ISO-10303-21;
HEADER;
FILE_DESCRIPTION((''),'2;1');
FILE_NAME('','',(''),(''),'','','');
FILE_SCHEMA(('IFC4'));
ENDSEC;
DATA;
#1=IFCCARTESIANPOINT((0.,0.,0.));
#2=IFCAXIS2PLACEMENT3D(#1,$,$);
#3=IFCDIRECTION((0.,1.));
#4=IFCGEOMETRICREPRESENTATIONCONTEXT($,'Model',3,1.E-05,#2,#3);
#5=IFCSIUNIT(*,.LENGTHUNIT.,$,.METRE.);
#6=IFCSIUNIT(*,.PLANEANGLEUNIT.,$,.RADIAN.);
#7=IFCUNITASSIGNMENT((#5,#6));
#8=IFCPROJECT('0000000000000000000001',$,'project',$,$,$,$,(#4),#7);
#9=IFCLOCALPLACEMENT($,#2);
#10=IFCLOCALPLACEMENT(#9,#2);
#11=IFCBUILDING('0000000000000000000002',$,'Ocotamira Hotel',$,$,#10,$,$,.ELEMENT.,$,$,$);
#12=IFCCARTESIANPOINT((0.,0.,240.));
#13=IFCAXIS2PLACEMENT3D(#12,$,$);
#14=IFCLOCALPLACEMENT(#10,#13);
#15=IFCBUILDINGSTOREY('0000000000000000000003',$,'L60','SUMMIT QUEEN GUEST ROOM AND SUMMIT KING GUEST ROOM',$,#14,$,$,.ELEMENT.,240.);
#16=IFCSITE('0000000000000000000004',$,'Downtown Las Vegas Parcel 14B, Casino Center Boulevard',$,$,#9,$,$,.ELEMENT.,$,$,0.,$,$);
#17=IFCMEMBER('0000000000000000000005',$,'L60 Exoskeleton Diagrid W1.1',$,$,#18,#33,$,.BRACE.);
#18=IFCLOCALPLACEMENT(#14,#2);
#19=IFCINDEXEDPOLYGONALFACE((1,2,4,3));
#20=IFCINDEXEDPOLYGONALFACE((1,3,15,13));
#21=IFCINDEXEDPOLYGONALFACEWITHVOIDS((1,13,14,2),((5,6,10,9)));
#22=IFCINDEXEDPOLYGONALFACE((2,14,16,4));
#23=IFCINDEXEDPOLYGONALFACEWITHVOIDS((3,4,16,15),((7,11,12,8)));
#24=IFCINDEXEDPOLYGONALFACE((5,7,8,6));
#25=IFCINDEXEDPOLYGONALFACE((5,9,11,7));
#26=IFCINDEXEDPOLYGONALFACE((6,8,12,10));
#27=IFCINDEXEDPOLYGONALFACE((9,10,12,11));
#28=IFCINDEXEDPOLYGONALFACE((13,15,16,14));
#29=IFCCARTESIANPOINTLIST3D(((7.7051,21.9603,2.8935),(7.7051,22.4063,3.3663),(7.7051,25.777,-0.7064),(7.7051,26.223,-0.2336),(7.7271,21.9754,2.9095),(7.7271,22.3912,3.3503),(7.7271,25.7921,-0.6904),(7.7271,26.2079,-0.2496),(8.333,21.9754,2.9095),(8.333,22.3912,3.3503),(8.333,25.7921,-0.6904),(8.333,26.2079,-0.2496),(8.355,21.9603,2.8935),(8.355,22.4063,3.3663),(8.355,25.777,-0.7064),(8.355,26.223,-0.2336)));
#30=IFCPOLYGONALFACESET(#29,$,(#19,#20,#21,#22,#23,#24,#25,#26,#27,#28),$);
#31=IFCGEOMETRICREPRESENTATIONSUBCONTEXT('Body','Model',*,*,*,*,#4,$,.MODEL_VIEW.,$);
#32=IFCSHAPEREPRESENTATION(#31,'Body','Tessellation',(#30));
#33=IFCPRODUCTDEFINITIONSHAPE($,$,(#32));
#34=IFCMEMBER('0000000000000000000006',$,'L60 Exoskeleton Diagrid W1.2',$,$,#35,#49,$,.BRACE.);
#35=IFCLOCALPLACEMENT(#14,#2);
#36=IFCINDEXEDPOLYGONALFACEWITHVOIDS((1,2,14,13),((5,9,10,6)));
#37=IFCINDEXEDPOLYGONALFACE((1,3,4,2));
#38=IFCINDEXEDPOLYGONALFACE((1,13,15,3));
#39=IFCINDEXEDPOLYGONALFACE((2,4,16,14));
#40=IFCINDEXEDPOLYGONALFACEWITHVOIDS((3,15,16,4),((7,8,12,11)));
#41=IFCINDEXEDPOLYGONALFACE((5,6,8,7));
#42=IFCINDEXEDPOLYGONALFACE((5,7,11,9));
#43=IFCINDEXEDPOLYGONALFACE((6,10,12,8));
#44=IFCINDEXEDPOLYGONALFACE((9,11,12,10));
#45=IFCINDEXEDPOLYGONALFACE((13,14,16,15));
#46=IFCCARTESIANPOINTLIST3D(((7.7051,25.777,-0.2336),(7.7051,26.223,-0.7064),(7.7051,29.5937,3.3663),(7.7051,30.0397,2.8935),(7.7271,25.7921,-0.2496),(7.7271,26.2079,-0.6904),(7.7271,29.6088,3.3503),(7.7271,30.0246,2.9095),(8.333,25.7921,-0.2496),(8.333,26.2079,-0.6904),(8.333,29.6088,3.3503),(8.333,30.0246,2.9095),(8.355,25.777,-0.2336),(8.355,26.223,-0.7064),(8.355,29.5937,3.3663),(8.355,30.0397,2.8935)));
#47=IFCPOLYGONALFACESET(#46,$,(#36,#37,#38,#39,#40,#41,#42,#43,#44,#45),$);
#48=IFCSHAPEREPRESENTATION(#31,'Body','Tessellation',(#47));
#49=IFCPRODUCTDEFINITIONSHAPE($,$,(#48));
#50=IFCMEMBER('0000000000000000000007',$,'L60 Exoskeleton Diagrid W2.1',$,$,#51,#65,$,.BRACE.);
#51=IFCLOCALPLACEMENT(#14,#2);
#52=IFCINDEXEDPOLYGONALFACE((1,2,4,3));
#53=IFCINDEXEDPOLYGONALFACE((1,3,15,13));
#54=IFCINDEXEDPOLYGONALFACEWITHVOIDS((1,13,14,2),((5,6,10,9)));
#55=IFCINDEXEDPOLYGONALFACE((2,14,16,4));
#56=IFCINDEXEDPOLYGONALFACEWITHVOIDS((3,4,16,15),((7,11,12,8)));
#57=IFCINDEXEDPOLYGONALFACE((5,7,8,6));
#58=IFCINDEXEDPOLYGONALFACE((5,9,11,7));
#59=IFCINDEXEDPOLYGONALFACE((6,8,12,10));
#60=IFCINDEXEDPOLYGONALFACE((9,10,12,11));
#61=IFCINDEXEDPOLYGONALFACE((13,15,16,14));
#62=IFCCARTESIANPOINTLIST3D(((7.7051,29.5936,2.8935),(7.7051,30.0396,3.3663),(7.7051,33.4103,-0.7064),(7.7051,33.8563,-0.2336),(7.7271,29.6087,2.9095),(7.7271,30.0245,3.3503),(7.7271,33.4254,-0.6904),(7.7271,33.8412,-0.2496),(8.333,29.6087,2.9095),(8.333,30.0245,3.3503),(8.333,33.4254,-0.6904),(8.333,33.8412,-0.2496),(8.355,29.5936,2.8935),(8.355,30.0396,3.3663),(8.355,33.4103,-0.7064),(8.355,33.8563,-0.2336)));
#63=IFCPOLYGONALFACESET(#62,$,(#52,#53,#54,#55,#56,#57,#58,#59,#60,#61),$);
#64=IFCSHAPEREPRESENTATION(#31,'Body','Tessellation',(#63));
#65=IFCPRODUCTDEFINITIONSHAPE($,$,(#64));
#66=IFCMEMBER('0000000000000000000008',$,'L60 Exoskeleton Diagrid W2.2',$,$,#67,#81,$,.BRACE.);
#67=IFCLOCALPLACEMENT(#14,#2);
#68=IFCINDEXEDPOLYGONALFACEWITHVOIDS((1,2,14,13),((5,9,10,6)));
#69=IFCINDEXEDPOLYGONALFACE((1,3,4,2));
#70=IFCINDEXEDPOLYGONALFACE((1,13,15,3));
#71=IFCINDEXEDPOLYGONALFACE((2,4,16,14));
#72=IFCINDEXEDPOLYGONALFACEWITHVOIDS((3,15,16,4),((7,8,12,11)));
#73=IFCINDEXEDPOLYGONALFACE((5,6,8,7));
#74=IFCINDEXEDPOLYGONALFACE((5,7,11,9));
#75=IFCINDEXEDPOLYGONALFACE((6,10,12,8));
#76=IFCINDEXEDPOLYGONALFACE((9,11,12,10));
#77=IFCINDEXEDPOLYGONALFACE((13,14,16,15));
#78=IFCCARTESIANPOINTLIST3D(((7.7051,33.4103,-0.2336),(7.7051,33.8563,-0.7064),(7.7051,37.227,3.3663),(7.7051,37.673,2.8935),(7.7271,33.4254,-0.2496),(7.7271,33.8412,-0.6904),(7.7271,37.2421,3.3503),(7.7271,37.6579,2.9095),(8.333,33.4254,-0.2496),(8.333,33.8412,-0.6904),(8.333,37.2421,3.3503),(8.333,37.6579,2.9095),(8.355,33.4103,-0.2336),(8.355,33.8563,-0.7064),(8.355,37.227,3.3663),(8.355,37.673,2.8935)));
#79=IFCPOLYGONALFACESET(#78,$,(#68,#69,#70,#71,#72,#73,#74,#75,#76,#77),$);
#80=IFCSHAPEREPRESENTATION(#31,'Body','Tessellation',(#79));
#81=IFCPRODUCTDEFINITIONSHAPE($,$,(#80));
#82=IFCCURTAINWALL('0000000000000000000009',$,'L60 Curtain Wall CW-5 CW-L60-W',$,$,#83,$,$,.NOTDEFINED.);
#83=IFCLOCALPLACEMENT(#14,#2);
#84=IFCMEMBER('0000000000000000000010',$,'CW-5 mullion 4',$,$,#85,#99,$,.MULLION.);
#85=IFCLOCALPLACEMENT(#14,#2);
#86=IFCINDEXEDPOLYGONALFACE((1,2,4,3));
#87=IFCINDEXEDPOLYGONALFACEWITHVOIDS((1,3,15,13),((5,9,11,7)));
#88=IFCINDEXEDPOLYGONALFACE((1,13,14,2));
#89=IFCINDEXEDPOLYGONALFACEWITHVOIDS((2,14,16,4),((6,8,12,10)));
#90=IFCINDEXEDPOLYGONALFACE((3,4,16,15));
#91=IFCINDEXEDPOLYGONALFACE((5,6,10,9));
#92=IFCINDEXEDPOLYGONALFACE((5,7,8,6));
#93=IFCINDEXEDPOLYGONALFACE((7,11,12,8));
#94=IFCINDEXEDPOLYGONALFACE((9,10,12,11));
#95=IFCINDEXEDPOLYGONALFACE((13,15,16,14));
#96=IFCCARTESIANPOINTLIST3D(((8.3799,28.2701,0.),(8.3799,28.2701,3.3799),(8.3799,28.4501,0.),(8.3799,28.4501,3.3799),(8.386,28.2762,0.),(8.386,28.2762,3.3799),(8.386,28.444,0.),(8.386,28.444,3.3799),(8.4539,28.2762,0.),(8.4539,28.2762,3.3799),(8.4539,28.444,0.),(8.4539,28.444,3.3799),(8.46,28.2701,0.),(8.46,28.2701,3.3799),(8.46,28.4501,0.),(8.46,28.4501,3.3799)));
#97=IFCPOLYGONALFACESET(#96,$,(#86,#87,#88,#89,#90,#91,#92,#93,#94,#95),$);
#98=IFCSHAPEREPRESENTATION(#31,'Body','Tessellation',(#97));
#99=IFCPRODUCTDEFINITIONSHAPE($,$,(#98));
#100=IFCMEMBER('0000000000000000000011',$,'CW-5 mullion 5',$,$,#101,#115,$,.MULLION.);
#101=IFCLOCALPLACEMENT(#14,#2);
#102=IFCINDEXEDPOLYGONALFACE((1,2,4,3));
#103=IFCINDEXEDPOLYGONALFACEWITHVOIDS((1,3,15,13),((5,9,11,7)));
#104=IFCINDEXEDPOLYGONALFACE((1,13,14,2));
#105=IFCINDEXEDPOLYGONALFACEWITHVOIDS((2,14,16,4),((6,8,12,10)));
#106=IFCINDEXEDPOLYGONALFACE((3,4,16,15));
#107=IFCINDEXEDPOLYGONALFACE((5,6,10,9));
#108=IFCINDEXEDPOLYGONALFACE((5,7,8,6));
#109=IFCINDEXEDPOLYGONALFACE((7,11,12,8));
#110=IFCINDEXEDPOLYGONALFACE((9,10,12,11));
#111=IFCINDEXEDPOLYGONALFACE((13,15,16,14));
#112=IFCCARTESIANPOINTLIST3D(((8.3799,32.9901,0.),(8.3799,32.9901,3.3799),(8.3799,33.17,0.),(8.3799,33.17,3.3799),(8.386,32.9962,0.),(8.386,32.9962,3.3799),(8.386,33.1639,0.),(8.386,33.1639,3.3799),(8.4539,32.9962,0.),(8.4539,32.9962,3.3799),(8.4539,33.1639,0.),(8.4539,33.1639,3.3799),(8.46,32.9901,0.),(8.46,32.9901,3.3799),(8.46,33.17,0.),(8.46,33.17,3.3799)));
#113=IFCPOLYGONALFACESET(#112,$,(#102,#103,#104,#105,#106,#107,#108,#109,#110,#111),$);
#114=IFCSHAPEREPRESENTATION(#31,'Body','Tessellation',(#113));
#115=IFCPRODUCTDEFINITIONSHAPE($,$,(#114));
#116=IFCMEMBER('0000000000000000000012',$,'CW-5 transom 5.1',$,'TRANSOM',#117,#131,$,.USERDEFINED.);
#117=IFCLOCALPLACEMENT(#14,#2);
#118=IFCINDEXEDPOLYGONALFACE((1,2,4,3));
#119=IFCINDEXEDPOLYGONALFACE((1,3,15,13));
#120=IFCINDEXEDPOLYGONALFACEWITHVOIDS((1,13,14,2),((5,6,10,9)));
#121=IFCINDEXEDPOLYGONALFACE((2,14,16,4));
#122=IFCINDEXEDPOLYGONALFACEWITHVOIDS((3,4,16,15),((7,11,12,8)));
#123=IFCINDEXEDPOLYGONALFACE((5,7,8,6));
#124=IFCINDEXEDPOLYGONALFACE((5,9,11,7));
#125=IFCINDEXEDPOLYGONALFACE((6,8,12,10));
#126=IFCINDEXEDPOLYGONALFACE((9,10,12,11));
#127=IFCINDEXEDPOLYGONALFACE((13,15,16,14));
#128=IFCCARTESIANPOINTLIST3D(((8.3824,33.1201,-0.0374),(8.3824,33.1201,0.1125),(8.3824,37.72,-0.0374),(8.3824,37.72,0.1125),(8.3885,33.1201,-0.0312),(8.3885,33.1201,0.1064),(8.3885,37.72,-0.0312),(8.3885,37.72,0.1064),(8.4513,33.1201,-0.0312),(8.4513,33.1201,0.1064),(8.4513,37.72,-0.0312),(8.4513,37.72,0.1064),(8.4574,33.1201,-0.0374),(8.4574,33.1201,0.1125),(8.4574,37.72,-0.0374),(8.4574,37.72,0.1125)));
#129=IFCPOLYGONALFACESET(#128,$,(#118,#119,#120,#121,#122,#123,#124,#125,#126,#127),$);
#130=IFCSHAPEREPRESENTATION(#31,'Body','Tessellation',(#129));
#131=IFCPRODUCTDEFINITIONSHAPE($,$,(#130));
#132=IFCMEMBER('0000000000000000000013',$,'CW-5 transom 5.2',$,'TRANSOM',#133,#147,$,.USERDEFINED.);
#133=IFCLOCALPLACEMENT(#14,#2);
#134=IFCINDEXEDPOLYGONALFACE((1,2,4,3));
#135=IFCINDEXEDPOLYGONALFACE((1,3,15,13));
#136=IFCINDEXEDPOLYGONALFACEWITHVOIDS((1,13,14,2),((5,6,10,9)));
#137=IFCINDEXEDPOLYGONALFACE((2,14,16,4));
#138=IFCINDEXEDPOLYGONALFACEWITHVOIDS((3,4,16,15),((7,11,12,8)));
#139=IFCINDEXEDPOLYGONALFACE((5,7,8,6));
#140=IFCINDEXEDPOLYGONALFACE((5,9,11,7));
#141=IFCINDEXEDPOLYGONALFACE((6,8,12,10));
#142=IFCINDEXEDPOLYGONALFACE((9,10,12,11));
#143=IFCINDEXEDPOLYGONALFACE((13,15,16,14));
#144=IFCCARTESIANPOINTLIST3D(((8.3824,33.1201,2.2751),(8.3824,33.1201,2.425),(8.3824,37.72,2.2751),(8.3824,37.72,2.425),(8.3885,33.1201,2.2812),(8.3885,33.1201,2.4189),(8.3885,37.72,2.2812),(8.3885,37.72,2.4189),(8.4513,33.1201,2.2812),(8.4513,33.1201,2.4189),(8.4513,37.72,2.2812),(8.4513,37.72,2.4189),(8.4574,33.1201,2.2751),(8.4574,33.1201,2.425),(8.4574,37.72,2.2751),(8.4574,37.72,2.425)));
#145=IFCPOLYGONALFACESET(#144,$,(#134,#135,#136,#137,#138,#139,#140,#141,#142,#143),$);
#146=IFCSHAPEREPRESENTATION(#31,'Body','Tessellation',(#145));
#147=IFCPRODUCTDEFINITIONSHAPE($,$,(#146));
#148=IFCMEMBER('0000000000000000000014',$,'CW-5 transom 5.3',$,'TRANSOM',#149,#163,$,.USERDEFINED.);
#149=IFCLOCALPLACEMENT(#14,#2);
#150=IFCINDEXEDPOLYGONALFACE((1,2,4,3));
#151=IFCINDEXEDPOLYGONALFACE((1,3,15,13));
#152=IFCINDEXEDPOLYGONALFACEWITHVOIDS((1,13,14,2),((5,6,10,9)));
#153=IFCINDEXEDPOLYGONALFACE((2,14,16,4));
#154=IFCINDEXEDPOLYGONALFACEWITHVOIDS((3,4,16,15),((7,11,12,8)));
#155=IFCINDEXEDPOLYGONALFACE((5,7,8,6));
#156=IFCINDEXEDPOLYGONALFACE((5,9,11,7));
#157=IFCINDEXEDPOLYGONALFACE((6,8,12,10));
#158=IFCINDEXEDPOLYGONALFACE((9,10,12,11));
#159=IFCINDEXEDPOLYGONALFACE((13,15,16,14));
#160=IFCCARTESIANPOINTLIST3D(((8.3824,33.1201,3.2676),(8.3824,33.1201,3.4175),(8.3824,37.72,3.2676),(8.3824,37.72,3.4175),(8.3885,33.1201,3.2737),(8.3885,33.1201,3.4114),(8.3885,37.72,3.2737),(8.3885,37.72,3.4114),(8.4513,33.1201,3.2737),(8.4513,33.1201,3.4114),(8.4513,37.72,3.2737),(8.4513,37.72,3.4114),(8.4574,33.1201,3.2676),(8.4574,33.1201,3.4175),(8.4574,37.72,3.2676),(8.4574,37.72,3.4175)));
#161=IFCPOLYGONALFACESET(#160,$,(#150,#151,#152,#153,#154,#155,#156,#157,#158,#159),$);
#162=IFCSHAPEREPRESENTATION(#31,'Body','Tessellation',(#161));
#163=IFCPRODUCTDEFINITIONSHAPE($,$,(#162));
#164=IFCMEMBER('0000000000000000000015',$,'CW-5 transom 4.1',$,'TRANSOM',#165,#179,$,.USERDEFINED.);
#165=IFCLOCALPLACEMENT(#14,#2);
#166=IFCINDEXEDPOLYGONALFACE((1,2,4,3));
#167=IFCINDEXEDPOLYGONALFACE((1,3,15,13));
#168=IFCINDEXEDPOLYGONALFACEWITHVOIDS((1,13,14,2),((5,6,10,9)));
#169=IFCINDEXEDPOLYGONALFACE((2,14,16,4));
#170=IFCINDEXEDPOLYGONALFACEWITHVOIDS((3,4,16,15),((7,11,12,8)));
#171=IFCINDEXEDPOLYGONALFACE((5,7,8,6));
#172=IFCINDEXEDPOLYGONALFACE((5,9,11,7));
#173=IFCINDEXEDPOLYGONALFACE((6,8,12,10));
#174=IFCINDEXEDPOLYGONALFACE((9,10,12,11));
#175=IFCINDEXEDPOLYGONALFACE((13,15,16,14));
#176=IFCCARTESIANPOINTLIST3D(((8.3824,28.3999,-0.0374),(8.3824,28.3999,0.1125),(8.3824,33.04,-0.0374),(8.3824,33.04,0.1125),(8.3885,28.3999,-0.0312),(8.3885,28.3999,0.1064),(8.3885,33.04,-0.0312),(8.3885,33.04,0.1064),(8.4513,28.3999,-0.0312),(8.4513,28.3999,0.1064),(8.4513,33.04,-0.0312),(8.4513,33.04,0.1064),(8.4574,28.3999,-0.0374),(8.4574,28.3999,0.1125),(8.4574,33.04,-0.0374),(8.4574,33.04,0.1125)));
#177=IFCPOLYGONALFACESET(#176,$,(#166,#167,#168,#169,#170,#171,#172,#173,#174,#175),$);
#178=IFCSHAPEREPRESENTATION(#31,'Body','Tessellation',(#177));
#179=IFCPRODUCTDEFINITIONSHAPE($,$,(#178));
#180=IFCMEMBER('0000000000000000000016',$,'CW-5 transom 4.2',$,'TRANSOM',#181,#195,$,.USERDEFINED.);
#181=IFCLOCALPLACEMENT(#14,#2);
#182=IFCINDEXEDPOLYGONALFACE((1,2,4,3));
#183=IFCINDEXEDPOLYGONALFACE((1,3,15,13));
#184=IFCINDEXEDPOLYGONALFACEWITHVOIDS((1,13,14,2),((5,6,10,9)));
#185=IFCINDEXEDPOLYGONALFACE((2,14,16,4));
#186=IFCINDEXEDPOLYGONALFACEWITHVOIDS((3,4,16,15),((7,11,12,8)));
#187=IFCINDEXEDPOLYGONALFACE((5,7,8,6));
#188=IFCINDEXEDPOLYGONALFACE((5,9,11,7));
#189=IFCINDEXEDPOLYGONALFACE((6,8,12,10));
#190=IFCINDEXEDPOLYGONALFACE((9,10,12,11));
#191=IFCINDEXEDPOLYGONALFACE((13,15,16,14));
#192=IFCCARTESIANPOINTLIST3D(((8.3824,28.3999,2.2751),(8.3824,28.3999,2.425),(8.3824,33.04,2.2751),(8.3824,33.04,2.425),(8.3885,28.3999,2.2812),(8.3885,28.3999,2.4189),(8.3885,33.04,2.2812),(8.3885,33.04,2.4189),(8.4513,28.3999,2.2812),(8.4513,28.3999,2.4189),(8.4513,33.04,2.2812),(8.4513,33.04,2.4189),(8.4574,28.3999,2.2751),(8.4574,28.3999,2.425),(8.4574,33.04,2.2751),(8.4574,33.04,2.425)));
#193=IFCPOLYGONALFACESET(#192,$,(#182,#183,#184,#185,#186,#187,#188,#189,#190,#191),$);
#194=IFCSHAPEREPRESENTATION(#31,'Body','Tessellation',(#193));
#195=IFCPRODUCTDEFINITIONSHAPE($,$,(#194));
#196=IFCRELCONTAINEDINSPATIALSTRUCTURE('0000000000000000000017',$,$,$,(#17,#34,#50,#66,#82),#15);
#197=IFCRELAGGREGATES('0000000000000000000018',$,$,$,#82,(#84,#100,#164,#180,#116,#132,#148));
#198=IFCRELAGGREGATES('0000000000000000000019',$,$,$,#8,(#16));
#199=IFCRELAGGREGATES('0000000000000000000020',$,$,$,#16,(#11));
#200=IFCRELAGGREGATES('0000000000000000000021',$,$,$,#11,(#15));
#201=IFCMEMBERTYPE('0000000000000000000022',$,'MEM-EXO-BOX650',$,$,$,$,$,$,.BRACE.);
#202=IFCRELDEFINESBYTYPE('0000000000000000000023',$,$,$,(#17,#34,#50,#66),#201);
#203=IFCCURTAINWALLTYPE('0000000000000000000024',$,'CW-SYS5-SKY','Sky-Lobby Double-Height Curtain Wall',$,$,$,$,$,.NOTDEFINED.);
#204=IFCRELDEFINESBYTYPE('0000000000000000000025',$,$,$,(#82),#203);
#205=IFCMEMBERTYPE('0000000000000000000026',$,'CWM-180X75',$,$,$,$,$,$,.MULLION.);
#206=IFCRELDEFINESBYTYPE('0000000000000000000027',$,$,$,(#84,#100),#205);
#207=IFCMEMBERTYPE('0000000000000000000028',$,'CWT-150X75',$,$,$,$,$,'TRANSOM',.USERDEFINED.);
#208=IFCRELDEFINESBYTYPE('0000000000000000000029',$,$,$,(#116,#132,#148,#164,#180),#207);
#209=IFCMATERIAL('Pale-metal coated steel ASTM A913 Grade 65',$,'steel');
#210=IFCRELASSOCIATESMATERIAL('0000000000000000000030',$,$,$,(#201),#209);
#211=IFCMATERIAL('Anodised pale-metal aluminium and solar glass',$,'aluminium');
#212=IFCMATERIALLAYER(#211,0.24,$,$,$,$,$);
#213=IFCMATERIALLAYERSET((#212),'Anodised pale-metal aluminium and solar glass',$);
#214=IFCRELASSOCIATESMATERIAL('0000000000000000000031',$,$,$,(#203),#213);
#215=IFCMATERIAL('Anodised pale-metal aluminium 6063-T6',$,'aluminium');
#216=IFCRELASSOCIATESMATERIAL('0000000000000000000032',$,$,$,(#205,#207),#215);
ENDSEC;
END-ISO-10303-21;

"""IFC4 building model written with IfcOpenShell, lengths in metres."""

from ifc_helpers import new_model, si_unit, direction, frame, origin, origin_2d, place, context, subcontext, project, spatial, hollow_rectangle, extrude, source, transform, mapped, material, layer, layer_set, material_profile, profile_set, type_object, element, aggregate, save


model = new_model("IFC4")

# Units and contexts
model_context = context("Model", 3, precision=1e-05, world=origin(), true_north=direction((0.0, 1.0)))
body_context = subcontext(model_context, "Body", "Model", "MODEL_VIEW")
ifc_project = project(units=[si_unit("LENGTHUNIT", "METRE"), si_unit("PLANEANGLEUNIT", "RADIAN")], contexts=[model_context])

# Site, building, storey
site_placement = place(None, origin())
site = spatial("IfcSite", under=ifc_project, at=site_placement, Name="Downtown Las Vegas Parcel 14B, Casino Center Boulevard", CompositionType="ELEMENT", RefElevation=0.0)
building_placement = place(site_placement, origin())
building = spatial("IfcBuilding", under=site, at=building_placement, Name="Ocotamira Hotel", CompositionType="ELEMENT")
storey_placement = place(building_placement, frame((0.0, 0.0, 240.0)))
storey = spatial("IfcBuildingStorey", under=building, at=storey_placement, Name="L60", Description="SUMMIT QUEEN GUEST ROOM AND SUMMIT KING GUEST ROOM", CompositionType="ELEMENT", Elevation=240.0)

# Members
ifc_material_1 = material(Name="Pale-metal coated steel ASTM A913 Grade 65", Category="steel")
ifc_material_profile_1 = material_profile(ifc_material_1, hollow_rectangle(XDim=0.6499, YDim=0.6499, WallThickness=0.022, at=origin_2d()), Name="BOX650X650X22")
ifc_profile_set_1 = profile_set([ifc_material_profile_1], Name="Pale-metal coated steel ASTM A913 Grade 65")
member_type_1 = type_object("IfcMemberType", Name="MEM-EXO-BOX650", PredefinedType="BRACE", material=ifc_profile_set_1)
shared_shape_1 = source(origin(), body_context, "Body", "SweptSolid", [
    extrude(hollow_rectangle(XDim=0.6499, YDim=0.6499, WallThickness=0.022, at=origin_2d()), origin(), (0.0, 0.0, 1.0), 5.2466),
])
for number, where, z_axis, x_axis, name in (
    (1, (8.03, 26.0, -0.47), (0.0, -0.727466, 0.686144), (1.0, 0.0, 0.0), "L60 Exoskeleton Diagrid W1.1"),
    (2, (8.03, 26.0, -0.47), (0.0, 0.727466, 0.686144), (-1.0, 0.0, 0.0), "L60 Exoskeleton Diagrid W1.2"),
    (3, (8.03, 33.6333, -0.47), (0.0, -0.727466, 0.686144), (1.0, 0.0, 0.0), "L60 Exoskeleton Diagrid W2.1"),
    (4, (8.03, 33.6333, -0.47), (0.0, 0.727466, 0.686144), (-1.0, 0.0, 0.0), "L60 Exoskeleton Diagrid W2.2"),
):
    element("IfcMember", number, at=place(storey_placement, frame(where, z_axis=z_axis, x_axis=x_axis)), inside=storey, type_object=member_type_1, Name=name, PredefinedType="BRACE", context=body_context, shape_type="MappedRepresentation", body=[
        mapped(shared_shape_1, transform((0.0, 0.0, 0.0), scale=1.0)),
    ])

# Curtain wall, members
ifc_material_2 = material(Name="Anodised pale-metal aluminium and solar glass", Category="aluminium")
ifc_layer_1 = layer(ifc_material_2, 0.24)
ifc_layer_set_1 = layer_set([ifc_layer_1], Name="Anodised pale-metal aluminium and solar glass")
curtain_wall_type = type_object("IfcCurtainWallType", Name="CW-SYS5-SKY", Description="Sky-Lobby Double-Height Curtain Wall", PredefinedType="NOTDEFINED", material=ifc_layer_set_1)
curtain_wall_placement = place(storey_placement, origin())
curtain_wall = element("IfcCurtainWall", 5, at=curtain_wall_placement, inside=storey, type_object=curtain_wall_type, Name="L60 Curtain Wall CW-5 CW-L60-W", PredefinedType="NOTDEFINED")
ifc_material_3 = material(Name="Anodised pale-metal aluminium 6063-T6", Category="aluminium")
ifc_material_profile_2 = material_profile(ifc_material_3, hollow_rectangle(XDim=0.0801, YDim=0.1799, WallThickness=0.0061, at=origin_2d()), Name="HSS180X80X6")
ifc_profile_set_2 = profile_set([ifc_material_profile_2], Name="Anodised pale-metal aluminium 6063-T6")
member_type_2 = type_object("IfcMemberType", Name="CWM-180X75", PredefinedType="MULLION", material=ifc_profile_set_2)
shared_shape_2 = source(origin(), body_context, "Body", "SweptSolid", [
    extrude(hollow_rectangle(XDim=0.0801, YDim=0.1799, WallThickness=0.0061, at=origin_2d()), origin(), (0.0, 0.0, 1.0), 3.3799),
])
member_1_placement = place(storey_placement, frame((8.4199, 28.3601, 0.0), z_axis=(0.0, 0.0, 1.0), x_axis=(-1.0, 0.0, 0.0)))
member_1 = element("IfcMember", 6, at=member_1_placement, type_object=member_type_2, Name="CW-5 mullion 4", PredefinedType="MULLION", context=body_context, shape_type="MappedRepresentation", body=[
    mapped(shared_shape_2, transform((0.0, 0.0, 0.0), scale=1.0)),
])
member_2_placement = place(storey_placement, frame((8.4199, 33.0801, 0.0), z_axis=(0.0, 0.0, 1.0), x_axis=(-1.0, 0.0, 0.0)))
member_2 = element("IfcMember", 7, at=member_2_placement, type_object=member_type_2, Name="CW-5 mullion 5", PredefinedType="MULLION", context=body_context, shape_type="MappedRepresentation", body=[
    mapped(shared_shape_2, transform((0.0, 0.0, 0.0), scale=1.0)),
])
ifc_material_profile_3 = material_profile(ifc_material_3, hollow_rectangle(XDim=0.075, YDim=0.1499, WallThickness=0.0061, at=origin_2d()), Name="HSS150X75X6")
ifc_profile_set_3 = profile_set([ifc_material_profile_3], Name="Anodised pale-metal aluminium 6063-T6")
member_type_3 = type_object("IfcMemberType", Name="CWT-150X75", ElementType="TRANSOM", PredefinedType="USERDEFINED", material=ifc_profile_set_3)
shared_shape_3 = source(origin(), body_context, "Body", "SweptSolid", [
    extrude(hollow_rectangle(XDim=0.075, YDim=0.1499, WallThickness=0.0061, at=origin_2d()), origin(), (0.0, 0.0, 1.0), 4.5999),
])
member_3_placement = place(storey_placement, frame((8.4199, 33.1201, 0.0376), z_axis=(0.0, 1.0, 0.0), x_axis=(-1.0, 0.0, 0.0)))
member_3 = element("IfcMember", 8, at=member_3_placement, type_object=member_type_3, Name="CW-5 transom 5.1", ObjectType="TRANSOM", PredefinedType="USERDEFINED", context=body_context, shape_type="MappedRepresentation", body=[
    mapped(shared_shape_3, transform((0.0, 0.0, 0.0), scale=1.0)),
])
member_4_placement = place(storey_placement, frame((8.4199, 33.1201, 2.3501), z_axis=(0.0, 1.0, 0.0), x_axis=(-1.0, 0.0, 0.0)))
member_4 = element("IfcMember", 9, at=member_4_placement, type_object=member_type_3, Name="CW-5 transom 5.2", ObjectType="TRANSOM", PredefinedType="USERDEFINED", context=body_context, shape_type="MappedRepresentation", body=[
    mapped(shared_shape_3, transform((0.0, 0.0, 0.0), scale=1.0)),
])
member_5_placement = place(storey_placement, frame((8.4199, 33.1201, 3.3425), z_axis=(0.0, 1.0, 0.0), x_axis=(-1.0, 0.0, 0.0)))
member_5 = element("IfcMember", 10, at=member_5_placement, type_object=member_type_3, Name="CW-5 transom 5.3", ObjectType="TRANSOM", PredefinedType="USERDEFINED", context=body_context, shape_type="MappedRepresentation", body=[
    mapped(shared_shape_3, transform((0.0, 0.0, 0.0), scale=1.0)),
])
shared_shape_4 = source(origin(), body_context, "Body", "SweptSolid", [
    extrude(hollow_rectangle(XDim=0.075, YDim=0.1499, WallThickness=0.0061, at=origin_2d()), origin(), (0.0, 0.0, 1.0), 4.6401),
])
member_6_placement = place(storey_placement, frame((8.4199, 28.3999, 0.0376), z_axis=(0.0, 1.0, 0.0), x_axis=(-1.0, 0.0, 0.0)))
member_6 = element("IfcMember", 11, at=member_6_placement, type_object=member_type_3, Name="CW-5 transom 4.1", ObjectType="TRANSOM", PredefinedType="USERDEFINED", context=body_context, shape_type="MappedRepresentation", body=[
    mapped(shared_shape_4, transform((0.0, 0.0, 0.0), scale=1.0)),
])
member_7_placement = place(storey_placement, frame((8.4199, 28.3999, 2.3501), z_axis=(0.0, 1.0, 0.0), x_axis=(-1.0, 0.0, 0.0)))
member_7 = element("IfcMember", 12, at=member_7_placement, type_object=member_type_3, Name="CW-5 transom 4.2", ObjectType="TRANSOM", PredefinedType="USERDEFINED", context=body_context, shape_type="MappedRepresentation", body=[
    mapped(shared_shape_4, transform((0.0, 0.0, 0.0), scale=1.0)),
])

aggregate(curtain_wall, [member_1, member_2, member_6, member_7, member_3, member_4, member_5])

save(model, "model.ifc")
